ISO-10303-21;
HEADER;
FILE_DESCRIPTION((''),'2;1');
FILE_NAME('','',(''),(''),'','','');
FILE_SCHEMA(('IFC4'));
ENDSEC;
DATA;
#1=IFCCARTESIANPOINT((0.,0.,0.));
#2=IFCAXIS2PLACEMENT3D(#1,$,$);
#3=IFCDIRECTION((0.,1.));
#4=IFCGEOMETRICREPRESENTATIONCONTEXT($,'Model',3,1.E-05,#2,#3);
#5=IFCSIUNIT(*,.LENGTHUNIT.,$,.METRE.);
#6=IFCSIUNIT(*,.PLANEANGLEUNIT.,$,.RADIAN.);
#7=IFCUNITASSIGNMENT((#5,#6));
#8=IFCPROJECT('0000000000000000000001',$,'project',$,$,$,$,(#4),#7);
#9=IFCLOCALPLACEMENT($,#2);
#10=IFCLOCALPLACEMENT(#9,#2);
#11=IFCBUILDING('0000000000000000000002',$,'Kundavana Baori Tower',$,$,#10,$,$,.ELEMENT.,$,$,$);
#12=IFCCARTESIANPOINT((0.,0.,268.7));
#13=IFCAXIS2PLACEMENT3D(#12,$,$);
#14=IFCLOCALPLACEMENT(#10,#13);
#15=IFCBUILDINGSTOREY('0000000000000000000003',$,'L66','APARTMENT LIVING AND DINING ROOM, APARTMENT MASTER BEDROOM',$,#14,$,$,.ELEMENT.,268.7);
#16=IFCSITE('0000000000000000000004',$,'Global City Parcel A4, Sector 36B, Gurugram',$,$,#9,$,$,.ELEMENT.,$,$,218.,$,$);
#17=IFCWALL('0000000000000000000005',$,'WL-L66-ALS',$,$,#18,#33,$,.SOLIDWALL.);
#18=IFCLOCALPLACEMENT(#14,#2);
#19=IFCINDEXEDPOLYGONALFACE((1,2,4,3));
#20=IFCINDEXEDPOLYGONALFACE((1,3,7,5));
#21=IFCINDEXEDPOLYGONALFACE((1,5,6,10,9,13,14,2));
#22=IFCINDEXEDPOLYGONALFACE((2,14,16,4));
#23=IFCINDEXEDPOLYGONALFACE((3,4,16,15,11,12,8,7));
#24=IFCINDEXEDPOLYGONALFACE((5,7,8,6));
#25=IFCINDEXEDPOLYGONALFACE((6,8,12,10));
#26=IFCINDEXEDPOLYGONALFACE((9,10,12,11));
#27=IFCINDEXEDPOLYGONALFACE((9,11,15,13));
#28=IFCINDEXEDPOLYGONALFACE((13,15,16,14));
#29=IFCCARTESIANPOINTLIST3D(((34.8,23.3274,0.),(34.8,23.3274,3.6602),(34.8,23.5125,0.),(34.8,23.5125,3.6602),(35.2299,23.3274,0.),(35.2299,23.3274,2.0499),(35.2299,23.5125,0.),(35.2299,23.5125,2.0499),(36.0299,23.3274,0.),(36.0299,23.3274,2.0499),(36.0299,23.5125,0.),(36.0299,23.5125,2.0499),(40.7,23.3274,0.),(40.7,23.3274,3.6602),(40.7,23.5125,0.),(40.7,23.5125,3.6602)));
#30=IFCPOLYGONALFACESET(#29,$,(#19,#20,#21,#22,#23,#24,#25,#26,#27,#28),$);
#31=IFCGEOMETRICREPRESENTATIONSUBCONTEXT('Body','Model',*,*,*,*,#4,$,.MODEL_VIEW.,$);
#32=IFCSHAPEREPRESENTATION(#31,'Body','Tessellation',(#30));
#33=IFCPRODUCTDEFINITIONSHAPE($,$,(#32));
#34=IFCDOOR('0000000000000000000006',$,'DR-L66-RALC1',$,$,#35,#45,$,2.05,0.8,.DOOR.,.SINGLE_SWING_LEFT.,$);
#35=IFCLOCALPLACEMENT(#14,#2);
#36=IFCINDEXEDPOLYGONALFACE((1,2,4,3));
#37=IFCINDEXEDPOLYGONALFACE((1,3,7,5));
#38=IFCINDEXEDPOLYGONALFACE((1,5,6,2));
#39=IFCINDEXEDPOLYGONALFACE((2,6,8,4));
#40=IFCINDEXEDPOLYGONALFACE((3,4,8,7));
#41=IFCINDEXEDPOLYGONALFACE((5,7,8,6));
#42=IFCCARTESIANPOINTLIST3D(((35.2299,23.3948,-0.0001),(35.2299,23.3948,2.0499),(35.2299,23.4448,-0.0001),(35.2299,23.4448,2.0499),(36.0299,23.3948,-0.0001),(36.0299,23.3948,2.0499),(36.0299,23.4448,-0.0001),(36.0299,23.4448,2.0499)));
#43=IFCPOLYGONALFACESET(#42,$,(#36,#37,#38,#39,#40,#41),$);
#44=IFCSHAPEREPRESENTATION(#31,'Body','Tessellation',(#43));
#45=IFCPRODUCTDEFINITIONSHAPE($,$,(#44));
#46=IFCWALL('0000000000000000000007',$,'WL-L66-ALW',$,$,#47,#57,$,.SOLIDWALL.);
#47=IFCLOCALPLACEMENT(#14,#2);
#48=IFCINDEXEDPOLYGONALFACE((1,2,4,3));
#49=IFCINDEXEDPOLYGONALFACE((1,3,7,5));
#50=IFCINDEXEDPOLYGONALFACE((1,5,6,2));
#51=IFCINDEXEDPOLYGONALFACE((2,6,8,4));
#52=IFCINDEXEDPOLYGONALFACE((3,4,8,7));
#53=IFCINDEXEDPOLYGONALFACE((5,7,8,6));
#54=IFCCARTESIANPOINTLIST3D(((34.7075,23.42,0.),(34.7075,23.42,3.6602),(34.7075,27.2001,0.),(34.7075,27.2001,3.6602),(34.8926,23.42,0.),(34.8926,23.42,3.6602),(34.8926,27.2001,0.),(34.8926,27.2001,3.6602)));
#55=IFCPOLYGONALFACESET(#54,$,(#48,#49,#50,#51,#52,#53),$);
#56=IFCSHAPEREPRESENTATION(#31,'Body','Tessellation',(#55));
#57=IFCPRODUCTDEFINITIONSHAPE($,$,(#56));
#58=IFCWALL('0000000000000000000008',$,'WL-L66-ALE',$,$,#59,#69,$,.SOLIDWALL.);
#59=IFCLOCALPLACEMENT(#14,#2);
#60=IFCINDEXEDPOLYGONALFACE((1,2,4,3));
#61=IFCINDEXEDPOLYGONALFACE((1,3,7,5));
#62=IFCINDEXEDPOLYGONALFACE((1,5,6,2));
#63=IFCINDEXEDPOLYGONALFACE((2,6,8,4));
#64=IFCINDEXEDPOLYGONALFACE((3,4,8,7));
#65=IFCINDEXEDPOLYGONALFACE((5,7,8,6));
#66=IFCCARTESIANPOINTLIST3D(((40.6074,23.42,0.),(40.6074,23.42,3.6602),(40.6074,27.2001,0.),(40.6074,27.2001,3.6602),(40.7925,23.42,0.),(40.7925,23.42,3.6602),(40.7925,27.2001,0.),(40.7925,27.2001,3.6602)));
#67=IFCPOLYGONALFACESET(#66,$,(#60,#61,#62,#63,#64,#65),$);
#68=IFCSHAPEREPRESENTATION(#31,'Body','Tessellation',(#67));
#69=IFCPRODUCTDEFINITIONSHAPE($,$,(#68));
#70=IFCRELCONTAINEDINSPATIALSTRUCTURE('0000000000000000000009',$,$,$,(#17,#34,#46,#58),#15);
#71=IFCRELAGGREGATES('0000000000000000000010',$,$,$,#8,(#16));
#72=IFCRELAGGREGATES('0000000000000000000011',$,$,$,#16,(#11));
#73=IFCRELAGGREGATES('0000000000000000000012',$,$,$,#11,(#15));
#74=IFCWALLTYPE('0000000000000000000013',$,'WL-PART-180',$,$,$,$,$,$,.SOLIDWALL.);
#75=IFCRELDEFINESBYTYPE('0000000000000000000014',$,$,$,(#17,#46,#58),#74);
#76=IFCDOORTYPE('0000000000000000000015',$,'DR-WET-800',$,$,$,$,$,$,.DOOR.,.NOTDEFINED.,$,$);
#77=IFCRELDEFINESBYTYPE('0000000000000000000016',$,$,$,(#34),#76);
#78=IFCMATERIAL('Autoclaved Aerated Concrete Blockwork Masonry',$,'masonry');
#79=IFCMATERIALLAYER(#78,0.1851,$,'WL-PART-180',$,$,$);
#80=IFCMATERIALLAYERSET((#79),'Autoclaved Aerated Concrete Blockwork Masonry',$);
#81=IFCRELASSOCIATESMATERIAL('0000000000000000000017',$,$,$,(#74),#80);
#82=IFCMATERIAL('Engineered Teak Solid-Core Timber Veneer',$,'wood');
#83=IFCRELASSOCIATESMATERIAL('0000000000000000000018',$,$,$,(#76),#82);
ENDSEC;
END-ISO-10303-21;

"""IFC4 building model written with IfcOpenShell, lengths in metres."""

from ifc_helpers import new_model, si_unit, direction, frame, frame_2d, origin, place, context, subcontext, project, spatial, rectangle, extrude, material, layer, layer_set, type_object, element, fill, save


model = new_model("IFC4")

# Units and contexts
model_context = context("Model", 3, precision=1e-05, world=origin(), true_north=direction((0.0, 1.0)))
body_context = subcontext(model_context, "Body", "Model", "MODEL_VIEW")
ifc_project = project(units=[si_unit("LENGTHUNIT", "METRE"), si_unit("PLANEANGLEUNIT", "RADIAN")], contexts=[model_context])

# Site, building, storey
site_placement = place(None, origin())
site = spatial("IfcSite", under=ifc_project, at=site_placement, Name="Global City Parcel A4, Sector 36B, Gurugram", CompositionType="ELEMENT", RefElevation=218.0)
building_placement = place(site_placement, origin())
building = spatial("IfcBuilding", under=site, at=building_placement, Name="Kundavana Baori Tower", CompositionType="ELEMENT")
storey_placement = place(building_placement, frame((0.0, 0.0, 268.7)))
storey = spatial("IfcBuildingStorey", under=building, at=storey_placement, Name="L66", Description="APARTMENT LIVING AND DINING ROOM, APARTMENT MASTER BEDROOM", CompositionType="ELEMENT", Elevation=268.7)

# Shared definitions
ifc_material_1 = material(Name="Autoclaved Aerated Concrete Blockwork Masonry", Category="masonry")
ifc_layer = layer(ifc_material_1, 0.1851, Name="WL-PART-180")
ifc_layer_set = layer_set([ifc_layer], Name="Autoclaved Aerated Concrete Blockwork Masonry")
wall_type = type_object("IfcWallType", Name="WL-PART-180", PredefinedType="SOLIDWALL", material=ifc_layer_set)

# Wall, opening, door
wall_1_placement = place(storey_placement, frame((34.8, 23.4199, 0.0), z_axis=(0.0, 0.0, 1.0), x_axis=(1.0, 0.0, 0.0)))
wall_1 = element("IfcWall", 1, at=wall_1_placement, inside=storey, type_object=wall_type, Name="WL-L66-ALS", PredefinedType="SOLIDWALL", context=body_context, shape_type="SweptSolid", body=[
    extrude(rectangle(XDim=5.8999, YDim=0.1851, at=frame_2d((2.95, 0.0))), origin(), (0.0, 0.0, 1.0), 3.6602),
])
opening_1_placement = place(wall_1_placement, frame((0.4299, 0.0, 0.0)))
opening_1 = element("IfcOpeningElement", 2, at=opening_1_placement, cuts=wall_1, PredefinedType="OPENING", context=body_context, shape_type="SweptSolid", body=[
    extrude(rectangle(XDim=0.8, YDim=2.05, at=frame_2d((0.3999, 1.0249))), frame((0.0, 0.1025, 0.0), z_axis=(0.0, -1.0, 0.0), x_axis=(1.0, 0.0, 0.0)), (0.0, 0.0, 1.0), 0.2051),
])
ifc_material_2 = material(Name="Engineered Teak Solid-Core Timber Veneer", Category="wood")
door_type_1 = type_object("IfcDoorType", Name="DR-WET-800", OperationType="NOTDEFINED", PredefinedType="DOOR", material=ifc_material_2)
door_1_placement = place(opening_1_placement, origin())
door_1 = element("IfcDoor", 3, at=door_1_placement, inside=storey, type_object=door_type_1, Name="DR-L66-RALC1", OperationType="SINGLE_SWING_LEFT", OverallHeight=2.05, OverallWidth=0.8, PredefinedType="DOOR", context=body_context, shape_type="SweptSolid", body=[
    extrude(rectangle(XDim=0.8, YDim=2.05, at=frame_2d((0.3999, 1.0249))), frame((0.0, 0.0249, 0.0), z_axis=(0.0, -1.0, 0.0), x_axis=(1.0, 0.0, 0.0)), (0.0, 0.0, 1.0), 0.05),
])
fill(opening_1, door_1)

# Walls
for number, where, z_axis, x_axis, name in (
    (4, (34.8, 23.4199, 0.0), (0.0, 0.0, 1.0), (0.0, 1.0, 0.0), "WL-L66-ALW"),
    (5, (40.7, 23.4199, 0.0), (0.0, 0.0, 1.0), (0.0, 1.0, 0.0), "WL-L66-ALE"),
):
    element("IfcWall", number, at=place(storey_placement, frame(where, z_axis=z_axis, x_axis=x_axis)), inside=storey, type_object=wall_type, Name=name, PredefinedType="SOLIDWALL", context=body_context, shape_type="SweptSolid", body=[
        extrude(rectangle(XDim=3.78, YDim=0.1851, at=frame_2d((1.8901, 0.0))), origin(), (0.0, 0.0, 1.0), 3.6602),
    ])

save(model, "model.ifc")
